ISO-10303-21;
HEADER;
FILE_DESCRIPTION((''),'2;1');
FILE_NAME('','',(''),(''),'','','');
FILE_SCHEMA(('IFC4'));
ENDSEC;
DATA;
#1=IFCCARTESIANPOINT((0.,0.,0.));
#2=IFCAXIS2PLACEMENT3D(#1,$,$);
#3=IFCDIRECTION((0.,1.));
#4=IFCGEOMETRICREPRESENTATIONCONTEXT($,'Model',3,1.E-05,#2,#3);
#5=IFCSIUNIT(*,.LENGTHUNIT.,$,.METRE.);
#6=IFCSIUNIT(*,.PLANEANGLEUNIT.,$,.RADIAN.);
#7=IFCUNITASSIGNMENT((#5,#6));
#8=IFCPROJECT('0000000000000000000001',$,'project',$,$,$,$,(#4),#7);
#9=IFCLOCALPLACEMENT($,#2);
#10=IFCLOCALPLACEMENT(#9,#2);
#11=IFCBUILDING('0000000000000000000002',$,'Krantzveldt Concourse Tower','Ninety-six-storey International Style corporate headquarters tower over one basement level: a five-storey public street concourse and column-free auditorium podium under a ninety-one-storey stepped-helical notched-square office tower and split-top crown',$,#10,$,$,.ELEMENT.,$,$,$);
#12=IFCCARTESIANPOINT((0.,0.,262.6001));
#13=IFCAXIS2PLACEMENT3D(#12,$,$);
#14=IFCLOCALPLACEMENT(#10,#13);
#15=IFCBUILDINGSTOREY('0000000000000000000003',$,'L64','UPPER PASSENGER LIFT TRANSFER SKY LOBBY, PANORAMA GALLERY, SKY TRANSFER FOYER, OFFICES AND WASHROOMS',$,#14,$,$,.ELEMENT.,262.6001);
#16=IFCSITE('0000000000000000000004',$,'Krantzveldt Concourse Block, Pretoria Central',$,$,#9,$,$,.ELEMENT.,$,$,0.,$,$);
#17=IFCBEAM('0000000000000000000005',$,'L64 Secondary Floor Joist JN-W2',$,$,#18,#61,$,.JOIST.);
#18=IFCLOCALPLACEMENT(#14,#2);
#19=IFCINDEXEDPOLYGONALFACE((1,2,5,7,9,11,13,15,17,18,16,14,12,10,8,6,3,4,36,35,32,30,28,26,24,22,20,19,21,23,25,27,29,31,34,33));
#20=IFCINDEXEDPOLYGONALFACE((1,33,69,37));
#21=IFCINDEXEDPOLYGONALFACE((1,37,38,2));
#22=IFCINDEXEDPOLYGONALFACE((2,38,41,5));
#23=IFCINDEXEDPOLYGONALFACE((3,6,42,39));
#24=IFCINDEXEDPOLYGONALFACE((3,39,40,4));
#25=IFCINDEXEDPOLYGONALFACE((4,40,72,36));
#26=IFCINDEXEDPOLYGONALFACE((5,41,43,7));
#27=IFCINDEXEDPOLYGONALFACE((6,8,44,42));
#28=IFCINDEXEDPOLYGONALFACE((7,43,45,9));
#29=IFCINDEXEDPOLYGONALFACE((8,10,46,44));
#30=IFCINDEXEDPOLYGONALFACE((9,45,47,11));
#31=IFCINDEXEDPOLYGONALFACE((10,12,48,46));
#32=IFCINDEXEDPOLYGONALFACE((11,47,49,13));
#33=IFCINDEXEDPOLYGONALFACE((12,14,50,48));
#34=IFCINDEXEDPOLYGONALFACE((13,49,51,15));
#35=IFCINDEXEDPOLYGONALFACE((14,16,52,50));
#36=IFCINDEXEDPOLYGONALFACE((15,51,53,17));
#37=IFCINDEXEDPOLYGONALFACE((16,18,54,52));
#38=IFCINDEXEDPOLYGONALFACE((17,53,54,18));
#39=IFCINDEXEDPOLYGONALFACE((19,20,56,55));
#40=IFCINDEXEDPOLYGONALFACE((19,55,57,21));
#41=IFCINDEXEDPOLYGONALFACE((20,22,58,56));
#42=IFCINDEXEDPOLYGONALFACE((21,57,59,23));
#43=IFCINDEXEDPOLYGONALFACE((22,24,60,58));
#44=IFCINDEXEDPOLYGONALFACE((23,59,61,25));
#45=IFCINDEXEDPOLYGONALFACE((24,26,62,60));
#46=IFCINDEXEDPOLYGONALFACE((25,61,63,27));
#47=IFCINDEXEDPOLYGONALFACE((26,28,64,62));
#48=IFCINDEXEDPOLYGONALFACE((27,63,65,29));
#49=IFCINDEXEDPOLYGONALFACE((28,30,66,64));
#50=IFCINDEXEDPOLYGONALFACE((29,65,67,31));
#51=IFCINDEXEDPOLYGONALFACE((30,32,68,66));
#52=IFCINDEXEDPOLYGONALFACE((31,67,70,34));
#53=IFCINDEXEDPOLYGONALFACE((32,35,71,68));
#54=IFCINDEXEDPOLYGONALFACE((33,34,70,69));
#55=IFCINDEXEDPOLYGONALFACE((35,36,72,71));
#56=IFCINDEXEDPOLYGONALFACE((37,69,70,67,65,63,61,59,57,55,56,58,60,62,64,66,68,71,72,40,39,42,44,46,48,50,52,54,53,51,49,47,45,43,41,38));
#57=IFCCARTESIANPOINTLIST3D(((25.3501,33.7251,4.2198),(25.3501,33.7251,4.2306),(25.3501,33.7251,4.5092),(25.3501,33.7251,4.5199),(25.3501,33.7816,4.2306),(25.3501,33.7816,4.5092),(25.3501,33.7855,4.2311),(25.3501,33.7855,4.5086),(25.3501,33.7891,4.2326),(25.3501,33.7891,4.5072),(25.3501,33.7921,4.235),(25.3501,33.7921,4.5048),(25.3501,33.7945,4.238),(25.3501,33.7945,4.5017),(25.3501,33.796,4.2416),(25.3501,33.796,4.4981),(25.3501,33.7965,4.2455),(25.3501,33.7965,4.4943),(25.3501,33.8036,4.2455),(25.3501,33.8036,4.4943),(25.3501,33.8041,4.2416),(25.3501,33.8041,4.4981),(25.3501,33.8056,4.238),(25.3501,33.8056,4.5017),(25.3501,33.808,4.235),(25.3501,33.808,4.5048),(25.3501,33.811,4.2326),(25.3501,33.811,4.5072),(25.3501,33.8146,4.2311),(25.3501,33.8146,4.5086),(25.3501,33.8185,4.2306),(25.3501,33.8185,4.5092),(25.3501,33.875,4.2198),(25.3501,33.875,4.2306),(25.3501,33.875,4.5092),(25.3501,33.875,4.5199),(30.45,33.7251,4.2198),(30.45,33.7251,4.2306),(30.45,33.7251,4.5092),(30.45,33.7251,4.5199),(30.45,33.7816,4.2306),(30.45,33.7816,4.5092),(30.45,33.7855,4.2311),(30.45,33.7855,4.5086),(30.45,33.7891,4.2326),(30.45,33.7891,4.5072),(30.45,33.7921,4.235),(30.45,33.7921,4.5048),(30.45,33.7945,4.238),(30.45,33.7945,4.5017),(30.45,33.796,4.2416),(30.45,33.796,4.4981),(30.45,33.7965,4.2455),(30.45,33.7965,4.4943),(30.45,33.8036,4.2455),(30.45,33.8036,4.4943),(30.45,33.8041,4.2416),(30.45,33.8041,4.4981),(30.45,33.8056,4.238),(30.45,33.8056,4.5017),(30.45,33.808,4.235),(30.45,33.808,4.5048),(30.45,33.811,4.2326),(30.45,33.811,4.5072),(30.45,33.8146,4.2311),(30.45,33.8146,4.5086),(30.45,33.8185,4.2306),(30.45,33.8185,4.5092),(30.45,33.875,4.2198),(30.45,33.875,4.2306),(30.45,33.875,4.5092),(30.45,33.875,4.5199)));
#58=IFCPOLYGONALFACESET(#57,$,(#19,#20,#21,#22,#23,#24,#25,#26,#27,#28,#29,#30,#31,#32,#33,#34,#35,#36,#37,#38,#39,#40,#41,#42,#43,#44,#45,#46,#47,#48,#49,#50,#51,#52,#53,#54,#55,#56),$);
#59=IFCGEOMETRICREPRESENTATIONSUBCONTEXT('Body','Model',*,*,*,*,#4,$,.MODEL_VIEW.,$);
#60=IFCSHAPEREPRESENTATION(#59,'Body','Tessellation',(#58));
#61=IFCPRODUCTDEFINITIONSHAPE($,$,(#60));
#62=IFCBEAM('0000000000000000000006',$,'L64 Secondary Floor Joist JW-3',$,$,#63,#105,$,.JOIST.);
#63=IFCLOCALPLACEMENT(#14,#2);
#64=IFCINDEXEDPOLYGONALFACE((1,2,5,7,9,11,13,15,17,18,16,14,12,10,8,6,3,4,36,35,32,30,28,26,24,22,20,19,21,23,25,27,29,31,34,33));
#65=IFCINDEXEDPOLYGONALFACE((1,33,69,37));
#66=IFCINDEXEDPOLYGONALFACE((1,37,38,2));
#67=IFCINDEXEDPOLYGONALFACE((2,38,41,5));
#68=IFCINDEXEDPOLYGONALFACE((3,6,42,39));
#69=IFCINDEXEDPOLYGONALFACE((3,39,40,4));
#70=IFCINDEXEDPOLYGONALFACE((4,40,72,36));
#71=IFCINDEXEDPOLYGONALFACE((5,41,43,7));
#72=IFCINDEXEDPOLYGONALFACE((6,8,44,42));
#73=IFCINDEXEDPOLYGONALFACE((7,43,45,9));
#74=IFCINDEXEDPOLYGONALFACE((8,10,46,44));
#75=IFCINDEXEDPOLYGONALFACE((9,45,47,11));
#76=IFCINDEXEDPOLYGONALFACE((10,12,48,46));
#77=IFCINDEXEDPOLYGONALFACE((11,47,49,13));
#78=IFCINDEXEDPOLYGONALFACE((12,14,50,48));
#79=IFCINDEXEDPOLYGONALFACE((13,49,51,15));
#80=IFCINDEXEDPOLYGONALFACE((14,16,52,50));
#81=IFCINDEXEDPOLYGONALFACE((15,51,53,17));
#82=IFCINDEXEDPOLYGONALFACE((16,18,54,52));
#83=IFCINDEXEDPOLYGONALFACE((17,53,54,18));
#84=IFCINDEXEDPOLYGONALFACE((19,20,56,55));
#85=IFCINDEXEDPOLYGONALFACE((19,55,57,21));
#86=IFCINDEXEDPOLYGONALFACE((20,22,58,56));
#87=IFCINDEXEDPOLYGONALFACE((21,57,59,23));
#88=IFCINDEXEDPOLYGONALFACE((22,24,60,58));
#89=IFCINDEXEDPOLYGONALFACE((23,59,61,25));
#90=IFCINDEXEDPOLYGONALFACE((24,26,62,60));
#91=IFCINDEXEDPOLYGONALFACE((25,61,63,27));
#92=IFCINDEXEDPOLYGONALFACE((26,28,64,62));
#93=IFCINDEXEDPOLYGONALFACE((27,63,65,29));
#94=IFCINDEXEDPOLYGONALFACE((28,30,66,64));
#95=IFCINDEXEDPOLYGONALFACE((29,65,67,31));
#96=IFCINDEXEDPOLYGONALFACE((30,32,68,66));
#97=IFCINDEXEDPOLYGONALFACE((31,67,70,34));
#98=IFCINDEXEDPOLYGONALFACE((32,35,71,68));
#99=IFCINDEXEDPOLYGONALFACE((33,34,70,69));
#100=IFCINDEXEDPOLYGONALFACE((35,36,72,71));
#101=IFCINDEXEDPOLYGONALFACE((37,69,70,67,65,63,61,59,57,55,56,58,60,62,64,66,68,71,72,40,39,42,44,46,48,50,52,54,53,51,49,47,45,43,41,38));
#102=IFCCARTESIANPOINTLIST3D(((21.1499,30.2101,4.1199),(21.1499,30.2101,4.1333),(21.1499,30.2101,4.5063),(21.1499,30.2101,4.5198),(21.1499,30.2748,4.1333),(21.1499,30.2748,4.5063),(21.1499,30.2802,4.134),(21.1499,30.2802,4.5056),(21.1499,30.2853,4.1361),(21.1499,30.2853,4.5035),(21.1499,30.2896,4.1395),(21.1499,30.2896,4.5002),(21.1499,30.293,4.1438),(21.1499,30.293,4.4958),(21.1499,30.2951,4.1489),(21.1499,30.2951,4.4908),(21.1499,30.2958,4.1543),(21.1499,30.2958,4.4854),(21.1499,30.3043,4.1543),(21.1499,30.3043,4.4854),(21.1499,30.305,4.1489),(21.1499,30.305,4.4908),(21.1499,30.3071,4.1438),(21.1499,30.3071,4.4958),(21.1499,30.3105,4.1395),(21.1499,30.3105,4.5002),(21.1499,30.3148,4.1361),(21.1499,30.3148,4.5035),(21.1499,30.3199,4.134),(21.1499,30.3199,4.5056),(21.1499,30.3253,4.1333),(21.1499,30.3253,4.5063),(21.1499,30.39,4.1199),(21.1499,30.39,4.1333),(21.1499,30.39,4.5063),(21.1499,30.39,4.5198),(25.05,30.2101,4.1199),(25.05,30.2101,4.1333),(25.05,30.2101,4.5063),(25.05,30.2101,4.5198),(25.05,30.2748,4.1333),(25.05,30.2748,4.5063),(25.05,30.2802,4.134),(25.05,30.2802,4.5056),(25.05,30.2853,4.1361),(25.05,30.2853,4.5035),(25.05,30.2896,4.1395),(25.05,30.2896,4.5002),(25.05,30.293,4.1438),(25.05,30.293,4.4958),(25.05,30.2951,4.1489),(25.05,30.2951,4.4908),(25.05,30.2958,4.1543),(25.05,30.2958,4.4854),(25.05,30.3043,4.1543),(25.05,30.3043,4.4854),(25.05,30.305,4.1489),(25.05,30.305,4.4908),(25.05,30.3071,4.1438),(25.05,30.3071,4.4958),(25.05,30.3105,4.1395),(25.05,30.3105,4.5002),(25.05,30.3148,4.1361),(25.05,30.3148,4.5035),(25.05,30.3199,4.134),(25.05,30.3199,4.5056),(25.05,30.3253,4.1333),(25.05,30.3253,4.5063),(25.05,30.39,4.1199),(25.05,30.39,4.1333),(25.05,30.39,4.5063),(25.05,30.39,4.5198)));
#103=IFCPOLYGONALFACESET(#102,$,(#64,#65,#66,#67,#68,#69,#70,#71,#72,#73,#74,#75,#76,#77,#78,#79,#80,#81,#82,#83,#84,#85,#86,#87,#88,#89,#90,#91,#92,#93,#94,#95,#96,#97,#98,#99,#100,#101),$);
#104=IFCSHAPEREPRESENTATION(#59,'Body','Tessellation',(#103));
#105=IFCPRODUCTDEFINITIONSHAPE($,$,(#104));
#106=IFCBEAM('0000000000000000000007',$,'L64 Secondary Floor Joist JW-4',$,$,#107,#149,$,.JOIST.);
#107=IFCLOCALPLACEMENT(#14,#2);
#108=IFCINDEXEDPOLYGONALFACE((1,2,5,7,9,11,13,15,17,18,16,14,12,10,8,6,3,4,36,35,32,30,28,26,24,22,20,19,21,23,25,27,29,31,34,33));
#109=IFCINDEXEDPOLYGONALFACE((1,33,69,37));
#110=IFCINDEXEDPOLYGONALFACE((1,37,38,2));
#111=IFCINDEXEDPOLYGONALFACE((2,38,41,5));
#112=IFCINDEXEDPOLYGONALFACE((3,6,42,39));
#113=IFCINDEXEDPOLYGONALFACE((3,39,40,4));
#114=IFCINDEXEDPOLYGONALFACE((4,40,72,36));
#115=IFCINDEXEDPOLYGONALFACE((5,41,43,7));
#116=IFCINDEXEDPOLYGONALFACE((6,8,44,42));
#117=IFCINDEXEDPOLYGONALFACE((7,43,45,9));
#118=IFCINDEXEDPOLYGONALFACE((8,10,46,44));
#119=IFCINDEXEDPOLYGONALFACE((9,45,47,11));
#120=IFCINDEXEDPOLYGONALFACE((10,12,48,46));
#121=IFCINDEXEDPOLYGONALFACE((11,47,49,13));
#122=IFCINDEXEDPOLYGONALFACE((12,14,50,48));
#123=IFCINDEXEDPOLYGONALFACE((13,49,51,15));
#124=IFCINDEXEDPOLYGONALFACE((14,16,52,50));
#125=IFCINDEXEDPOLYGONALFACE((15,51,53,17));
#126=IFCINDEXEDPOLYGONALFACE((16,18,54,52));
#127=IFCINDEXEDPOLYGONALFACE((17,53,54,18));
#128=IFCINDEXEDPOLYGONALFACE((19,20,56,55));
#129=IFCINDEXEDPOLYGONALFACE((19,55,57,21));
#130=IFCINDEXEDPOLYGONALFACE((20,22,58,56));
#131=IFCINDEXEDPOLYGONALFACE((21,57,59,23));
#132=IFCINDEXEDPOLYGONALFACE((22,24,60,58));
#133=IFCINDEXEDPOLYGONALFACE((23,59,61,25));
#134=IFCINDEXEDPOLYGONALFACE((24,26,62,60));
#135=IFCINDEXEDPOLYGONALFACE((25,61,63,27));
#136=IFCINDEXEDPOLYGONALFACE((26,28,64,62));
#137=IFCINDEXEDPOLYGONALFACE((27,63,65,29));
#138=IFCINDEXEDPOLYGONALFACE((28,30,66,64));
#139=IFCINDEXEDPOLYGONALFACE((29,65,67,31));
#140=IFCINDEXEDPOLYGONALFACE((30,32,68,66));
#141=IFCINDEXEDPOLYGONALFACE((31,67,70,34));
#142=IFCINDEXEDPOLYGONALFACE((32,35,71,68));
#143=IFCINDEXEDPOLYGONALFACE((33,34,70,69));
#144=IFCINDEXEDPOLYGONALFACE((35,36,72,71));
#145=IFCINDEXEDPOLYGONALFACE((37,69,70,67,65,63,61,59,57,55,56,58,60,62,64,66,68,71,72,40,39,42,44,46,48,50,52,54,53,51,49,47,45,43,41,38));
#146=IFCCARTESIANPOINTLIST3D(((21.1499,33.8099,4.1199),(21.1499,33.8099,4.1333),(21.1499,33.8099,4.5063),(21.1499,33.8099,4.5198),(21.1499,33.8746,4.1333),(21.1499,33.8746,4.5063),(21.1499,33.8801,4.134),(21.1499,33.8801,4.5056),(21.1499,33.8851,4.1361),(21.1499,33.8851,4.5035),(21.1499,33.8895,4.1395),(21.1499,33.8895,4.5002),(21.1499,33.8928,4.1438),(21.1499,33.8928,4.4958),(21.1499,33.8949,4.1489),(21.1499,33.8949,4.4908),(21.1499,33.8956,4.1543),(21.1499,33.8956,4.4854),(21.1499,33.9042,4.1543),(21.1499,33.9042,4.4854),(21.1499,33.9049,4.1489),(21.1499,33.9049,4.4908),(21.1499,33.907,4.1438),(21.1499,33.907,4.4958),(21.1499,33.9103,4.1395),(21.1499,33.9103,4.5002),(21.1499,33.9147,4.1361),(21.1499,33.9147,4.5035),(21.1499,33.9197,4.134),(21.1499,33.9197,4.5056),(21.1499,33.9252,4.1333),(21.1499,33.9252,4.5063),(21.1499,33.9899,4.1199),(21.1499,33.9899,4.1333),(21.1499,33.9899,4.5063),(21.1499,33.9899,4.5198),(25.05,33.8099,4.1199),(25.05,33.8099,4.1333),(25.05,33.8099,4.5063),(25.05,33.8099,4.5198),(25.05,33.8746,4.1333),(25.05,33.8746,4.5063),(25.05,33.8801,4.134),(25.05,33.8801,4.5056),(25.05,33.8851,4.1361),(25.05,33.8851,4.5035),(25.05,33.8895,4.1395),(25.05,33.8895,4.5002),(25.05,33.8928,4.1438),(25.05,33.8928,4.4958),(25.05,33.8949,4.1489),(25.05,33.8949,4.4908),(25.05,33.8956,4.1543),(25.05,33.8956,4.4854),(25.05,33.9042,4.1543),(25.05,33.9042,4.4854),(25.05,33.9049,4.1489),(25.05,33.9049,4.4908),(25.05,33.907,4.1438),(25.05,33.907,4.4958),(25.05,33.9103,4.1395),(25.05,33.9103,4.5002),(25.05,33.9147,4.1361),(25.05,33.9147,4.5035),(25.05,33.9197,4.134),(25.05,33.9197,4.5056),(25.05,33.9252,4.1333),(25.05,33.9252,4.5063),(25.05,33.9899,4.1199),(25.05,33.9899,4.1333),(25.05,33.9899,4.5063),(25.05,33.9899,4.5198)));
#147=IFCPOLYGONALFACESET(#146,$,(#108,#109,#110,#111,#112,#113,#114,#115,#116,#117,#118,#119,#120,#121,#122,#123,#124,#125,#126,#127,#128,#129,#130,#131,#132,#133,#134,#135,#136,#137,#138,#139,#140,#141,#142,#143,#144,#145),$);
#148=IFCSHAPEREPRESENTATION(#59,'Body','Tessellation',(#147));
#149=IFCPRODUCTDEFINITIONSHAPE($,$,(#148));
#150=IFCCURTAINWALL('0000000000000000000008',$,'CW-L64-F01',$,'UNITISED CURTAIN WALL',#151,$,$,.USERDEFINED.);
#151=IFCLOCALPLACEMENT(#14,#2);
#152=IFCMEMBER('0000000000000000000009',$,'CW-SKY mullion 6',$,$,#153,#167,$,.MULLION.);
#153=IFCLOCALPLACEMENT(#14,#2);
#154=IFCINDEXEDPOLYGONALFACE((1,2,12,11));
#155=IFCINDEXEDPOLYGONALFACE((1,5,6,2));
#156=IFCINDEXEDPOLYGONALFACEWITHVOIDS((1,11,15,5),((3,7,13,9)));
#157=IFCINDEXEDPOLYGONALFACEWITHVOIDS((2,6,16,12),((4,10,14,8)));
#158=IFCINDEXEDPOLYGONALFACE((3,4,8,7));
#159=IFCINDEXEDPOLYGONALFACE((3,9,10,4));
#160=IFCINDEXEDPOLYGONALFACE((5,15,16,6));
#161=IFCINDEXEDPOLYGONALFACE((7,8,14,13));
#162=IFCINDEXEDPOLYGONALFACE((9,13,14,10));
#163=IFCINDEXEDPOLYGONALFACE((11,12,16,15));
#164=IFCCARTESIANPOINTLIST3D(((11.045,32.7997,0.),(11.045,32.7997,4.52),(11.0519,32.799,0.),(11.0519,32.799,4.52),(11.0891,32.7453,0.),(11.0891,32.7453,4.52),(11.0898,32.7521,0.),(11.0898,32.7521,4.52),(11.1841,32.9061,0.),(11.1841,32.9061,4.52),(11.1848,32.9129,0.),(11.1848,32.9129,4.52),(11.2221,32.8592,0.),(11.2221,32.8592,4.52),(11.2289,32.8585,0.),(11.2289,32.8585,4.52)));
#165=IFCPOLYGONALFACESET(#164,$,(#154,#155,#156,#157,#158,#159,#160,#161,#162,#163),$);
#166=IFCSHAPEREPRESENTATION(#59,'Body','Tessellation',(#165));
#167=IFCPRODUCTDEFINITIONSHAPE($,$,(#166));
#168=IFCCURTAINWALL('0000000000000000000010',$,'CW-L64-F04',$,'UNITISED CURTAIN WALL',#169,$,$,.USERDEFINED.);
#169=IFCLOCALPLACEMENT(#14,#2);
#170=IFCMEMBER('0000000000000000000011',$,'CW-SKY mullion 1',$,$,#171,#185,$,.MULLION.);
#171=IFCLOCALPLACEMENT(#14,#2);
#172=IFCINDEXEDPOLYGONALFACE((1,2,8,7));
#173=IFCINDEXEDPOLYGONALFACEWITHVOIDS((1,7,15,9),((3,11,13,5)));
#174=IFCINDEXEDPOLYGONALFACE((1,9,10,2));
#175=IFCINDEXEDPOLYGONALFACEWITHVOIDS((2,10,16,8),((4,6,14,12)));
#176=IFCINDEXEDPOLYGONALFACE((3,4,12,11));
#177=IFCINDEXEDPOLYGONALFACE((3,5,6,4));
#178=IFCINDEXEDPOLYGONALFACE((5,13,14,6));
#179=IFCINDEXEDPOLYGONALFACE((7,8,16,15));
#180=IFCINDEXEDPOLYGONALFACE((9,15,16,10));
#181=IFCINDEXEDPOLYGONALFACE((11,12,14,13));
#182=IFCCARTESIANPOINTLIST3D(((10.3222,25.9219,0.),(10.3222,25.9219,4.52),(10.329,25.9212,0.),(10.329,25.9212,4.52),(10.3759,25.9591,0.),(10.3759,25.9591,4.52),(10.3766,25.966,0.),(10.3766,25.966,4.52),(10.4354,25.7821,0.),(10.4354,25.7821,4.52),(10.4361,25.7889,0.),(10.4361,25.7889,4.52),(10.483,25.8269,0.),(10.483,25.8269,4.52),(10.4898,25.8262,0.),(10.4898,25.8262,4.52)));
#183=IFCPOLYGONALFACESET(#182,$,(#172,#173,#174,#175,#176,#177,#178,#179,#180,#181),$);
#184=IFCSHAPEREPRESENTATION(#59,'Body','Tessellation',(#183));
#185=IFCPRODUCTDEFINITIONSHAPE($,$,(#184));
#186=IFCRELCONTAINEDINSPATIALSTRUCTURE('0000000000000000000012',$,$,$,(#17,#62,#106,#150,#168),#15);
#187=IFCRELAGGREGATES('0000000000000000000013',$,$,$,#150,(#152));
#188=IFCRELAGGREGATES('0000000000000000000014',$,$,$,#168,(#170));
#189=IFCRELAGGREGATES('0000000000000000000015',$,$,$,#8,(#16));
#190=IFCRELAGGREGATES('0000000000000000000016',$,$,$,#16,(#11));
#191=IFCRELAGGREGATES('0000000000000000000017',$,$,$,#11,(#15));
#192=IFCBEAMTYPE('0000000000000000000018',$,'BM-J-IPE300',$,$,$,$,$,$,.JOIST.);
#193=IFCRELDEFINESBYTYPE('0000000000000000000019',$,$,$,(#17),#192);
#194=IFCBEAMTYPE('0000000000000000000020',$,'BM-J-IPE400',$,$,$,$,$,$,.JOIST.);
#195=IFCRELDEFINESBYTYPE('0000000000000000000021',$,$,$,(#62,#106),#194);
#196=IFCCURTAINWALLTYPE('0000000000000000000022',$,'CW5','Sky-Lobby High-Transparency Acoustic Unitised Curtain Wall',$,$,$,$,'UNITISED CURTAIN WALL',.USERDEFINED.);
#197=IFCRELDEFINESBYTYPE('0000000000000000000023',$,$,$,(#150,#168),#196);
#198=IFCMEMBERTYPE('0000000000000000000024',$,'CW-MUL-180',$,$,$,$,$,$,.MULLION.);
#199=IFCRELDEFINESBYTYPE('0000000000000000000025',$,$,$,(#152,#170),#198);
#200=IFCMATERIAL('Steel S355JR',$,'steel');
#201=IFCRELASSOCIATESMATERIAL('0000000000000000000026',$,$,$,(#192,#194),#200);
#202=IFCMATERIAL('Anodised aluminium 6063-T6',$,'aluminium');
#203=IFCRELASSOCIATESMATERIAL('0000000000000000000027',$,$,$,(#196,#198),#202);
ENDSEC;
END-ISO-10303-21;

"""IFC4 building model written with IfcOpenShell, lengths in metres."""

from ifc_helpers import new_model, si_unit, direction, frame, origin, origin_2d, place, context, subcontext, project, spatial, hollow_rectangle, i_section, extrude, source, transform, mapped, material, material_profile, profile_set, type_object, type_shapes, element, aggregate, save


model = new_model("IFC4")

# Units and contexts
model_context = context("Model", 3, precision=1e-05, world=origin(), true_north=direction((0.0, 1.0)))
body_context = subcontext(model_context, "Body", "Model", "MODEL_VIEW")
ifc_project = project(units=[si_unit("LENGTHUNIT", "METRE"), si_unit("PLANEANGLEUNIT", "RADIAN")], contexts=[model_context])

# Site, building, storey
site_placement = place(None, origin())
site = spatial("IfcSite", under=ifc_project, at=site_placement, Name="Krantzveldt Concourse Block, Pretoria Central", CompositionType="ELEMENT", RefElevation=0.0)
building_placement = place(site_placement, origin())
building = spatial("IfcBuilding", under=site, at=building_placement, Name="Krantzveldt Concourse Tower", Description="Ninety-six-storey International Style corporate headquarters tower over one basement level: a five-storey public street concourse and column-free auditorium podium under a ninety-one-storey stepped-helical notched-square office tower and split-top crown", CompositionType="ELEMENT")
storey_placement = place(building_placement, frame((0.0, 0.0, 262.6001)))
storey = spatial("IfcBuildingStorey", under=building, at=storey_placement, Name="L64", Description="UPPER PASSENGER LIFT TRANSFER SKY LOBBY, PANORAMA GALLERY, SKY TRANSFER FOYER, OFFICES AND WASHROOMS", CompositionType="ELEMENT", Elevation=262.6001)

# Beams
ifc_material_1 = material(Name="Steel S355JR", Category="steel")
ifc_material_profile_1 = material_profile(ifc_material_1, i_section(OverallWidth=0.1499, OverallDepth=0.3, WebThickness=0.0071, FlangeThickness=0.0107, FilletRadius=0.0149, at=origin_2d()), Name="Steel S355JR", Category="steel")
ifc_profile_set_1 = profile_set([ifc_material_profile_1], Name="Steel S355JR - IPE 300")
beam_type_1 = type_object("IfcBeamType", Name="BM-J-IPE300", PredefinedType="JOIST", material=ifc_profile_set_1)
shared_shape_1 = source(origin(), body_context, "Body", "SweptSolid", [
    extrude(i_section(OverallWidth=0.1499, OverallDepth=0.3, WebThickness=0.0071, FlangeThickness=0.0107, FilletRadius=0.0149, at=origin_2d()), origin(), (0.0, 0.0, 1.0), 5.0999),
])
type_shapes(beam_type_1, [shared_shape_1])
for number, where, z_axis, x_axis, name in (
    (1, (25.3501, 33.8, 4.3699), (1.0, 0.0, 0.0), (0.0, 1.0, 0.0), "L64 Secondary Floor Joist JN-W2"),
):
    element("IfcBeam", number, at=place(storey_placement, frame(where, z_axis=z_axis, x_axis=x_axis)), inside=storey, type_object=beam_type_1, Name=name, PredefinedType="JOIST", context=body_context, shape_type="MappedRepresentation", body=[
        mapped(shared_shape_1, transform((0.0, 0.0, 0.0), x_axis=(1.0, 0.0, 0.0), y_axis=(0.0, 1.0, 0.0), z_axis=(0.0, 0.0, 1.0), scale=1.0)),
    ])
ifc_material_profile_2 = material_profile(ifc_material_1, i_section(OverallWidth=0.1799, OverallDepth=0.3999, WebThickness=0.0085, FlangeThickness=0.0134, FilletRadius=0.021, at=origin_2d()), Name="Steel S355JR", Category="steel")
ifc_profile_set_2 = profile_set([ifc_material_profile_2], Name="Steel S355JR - IPE 400")
beam_type_2 = type_object("IfcBeamType", Name="BM-J-IPE400", PredefinedType="JOIST", material=ifc_profile_set_2)
shared_shape_2 = source(origin(), body_context, "Body", "SweptSolid", [
    extrude(i_section(OverallWidth=0.1799, OverallDepth=0.3999, WebThickness=0.0085, FlangeThickness=0.0134, FilletRadius=0.021, at=origin_2d()), origin(), (0.0, 0.0, 1.0), 3.9001),
])
type_shapes(beam_type_2, [shared_shape_2])
for number, where, z_axis, x_axis, name in (
    (2, (21.1499, 30.3, 4.3198), (1.0, 0.0, 0.0), (0.0, 1.0, 0.0), "L64 Secondary Floor Joist JW-3"),
    (3, (21.1499, 33.8999, 4.3198), (1.0, 0.0, 0.0), (0.0, 1.0, 0.0), "L64 Secondary Floor Joist JW-4"),
):
    element("IfcBeam", number, at=place(storey_placement, frame(where, z_axis=z_axis, x_axis=x_axis)), inside=storey, type_object=beam_type_2, Name=name, PredefinedType="JOIST", context=body_context, shape_type="MappedRepresentation", body=[
        mapped(shared_shape_2, transform((0.0, 0.0, 0.0), x_axis=(1.0, 0.0, 0.0), y_axis=(0.0, 1.0, 0.0), z_axis=(0.0, 0.0, 1.0), scale=1.0)),
    ])

# Curtain wall, member
ifc_material_2 = material(Name="Anodised aluminium 6063-T6", Category="aluminium")
curtain_wall_type = type_object("IfcCurtainWallType", Name="CW5", Description="Sky-Lobby High-Transparency Acoustic Unitised Curtain Wall", ElementType="UNITISED CURTAIN WALL", PredefinedType="USERDEFINED", material=ifc_material_2)
curtain_wall_1_placement = place(storey_placement, origin())
curtain_wall_1 = element("IfcCurtainWall", 4, at=curtain_wall_1_placement, inside=storey, type_object=curtain_wall_type, Name="CW-L64-F01", ObjectType="UNITISED CURTAIN WALL", PredefinedType="USERDEFINED")
ifc_material_profile_3 = material_profile(ifc_material_2, hollow_rectangle(XDim=0.0701, YDim=0.1799, WallThickness=0.0049, at=origin_2d()), Name="Anodised aluminium 6063-T6", Category="aluminium")
ifc_profile_set_3 = profile_set([ifc_material_profile_3], Name="Anodised aluminium 6063-T6 - ALU-MULL 180x70x5")
member_type_1 = type_object("IfcMemberType", Name="CW-MUL-180", PredefinedType="MULLION", material=ifc_profile_set_3)
shared_shape_3 = source(origin(), body_context, "Body", "SweptSolid", [
    extrude(hollow_rectangle(XDim=0.0701, YDim=0.1799, WallThickness=0.0049, at=origin_2d()), origin(), (0.0, 0.0, 1.0), 4.52),
])
type_shapes(member_type_1, [shared_shape_3])
member_1_placement = place(storey_placement, frame((11.137, 32.8291, 0.0), z_axis=(0.0, 0.0, 1.0), x_axis=(0.62932, -0.777146, 0.0)))
member_1 = element("IfcMember", 5, at=member_1_placement, type_object=member_type_1, Name="CW-SKY mullion 6", PredefinedType="MULLION", context=body_context, shape_type="MappedRepresentation", body=[
    mapped(shared_shape_3, transform((0.0, 0.0, 0.0), x_axis=(1.0, 0.0, 0.0), y_axis=(0.0, 1.0, 0.0), z_axis=(0.0, 0.0, 1.0), scale=1.0)),
])
aggregate(curtain_wall_1, [member_1])

# Curtain wall, member
curtain_wall_2_placement = place(storey_placement, origin())
curtain_wall_2 = element("IfcCurtainWall", 6, at=curtain_wall_2_placement, inside=storey, type_object=curtain_wall_type, Name="CW-L64-F04", ObjectType="UNITISED CURTAIN WALL", PredefinedType="USERDEFINED")
member_2_placement = place(storey_placement, frame((10.406, 25.874, 0.0), z_axis=(0.0, 0.0, 1.0), x_axis=(0.777146, 0.62932, 0.0)))
member_2 = element("IfcMember", 7, at=member_2_placement, type_object=member_type_1, Name="CW-SKY mullion 1", PredefinedType="MULLION", context=body_context, shape_type="MappedRepresentation", body=[
    mapped(shared_shape_3, transform((0.0, 0.0, 0.0), x_axis=(1.0, 0.0, 0.0), y_axis=(0.0, 1.0, 0.0), z_axis=(0.0, 0.0, 1.0), scale=1.0)),
])
aggregate(curtain_wall_2, [member_2])

save(model, "model.ifc")
